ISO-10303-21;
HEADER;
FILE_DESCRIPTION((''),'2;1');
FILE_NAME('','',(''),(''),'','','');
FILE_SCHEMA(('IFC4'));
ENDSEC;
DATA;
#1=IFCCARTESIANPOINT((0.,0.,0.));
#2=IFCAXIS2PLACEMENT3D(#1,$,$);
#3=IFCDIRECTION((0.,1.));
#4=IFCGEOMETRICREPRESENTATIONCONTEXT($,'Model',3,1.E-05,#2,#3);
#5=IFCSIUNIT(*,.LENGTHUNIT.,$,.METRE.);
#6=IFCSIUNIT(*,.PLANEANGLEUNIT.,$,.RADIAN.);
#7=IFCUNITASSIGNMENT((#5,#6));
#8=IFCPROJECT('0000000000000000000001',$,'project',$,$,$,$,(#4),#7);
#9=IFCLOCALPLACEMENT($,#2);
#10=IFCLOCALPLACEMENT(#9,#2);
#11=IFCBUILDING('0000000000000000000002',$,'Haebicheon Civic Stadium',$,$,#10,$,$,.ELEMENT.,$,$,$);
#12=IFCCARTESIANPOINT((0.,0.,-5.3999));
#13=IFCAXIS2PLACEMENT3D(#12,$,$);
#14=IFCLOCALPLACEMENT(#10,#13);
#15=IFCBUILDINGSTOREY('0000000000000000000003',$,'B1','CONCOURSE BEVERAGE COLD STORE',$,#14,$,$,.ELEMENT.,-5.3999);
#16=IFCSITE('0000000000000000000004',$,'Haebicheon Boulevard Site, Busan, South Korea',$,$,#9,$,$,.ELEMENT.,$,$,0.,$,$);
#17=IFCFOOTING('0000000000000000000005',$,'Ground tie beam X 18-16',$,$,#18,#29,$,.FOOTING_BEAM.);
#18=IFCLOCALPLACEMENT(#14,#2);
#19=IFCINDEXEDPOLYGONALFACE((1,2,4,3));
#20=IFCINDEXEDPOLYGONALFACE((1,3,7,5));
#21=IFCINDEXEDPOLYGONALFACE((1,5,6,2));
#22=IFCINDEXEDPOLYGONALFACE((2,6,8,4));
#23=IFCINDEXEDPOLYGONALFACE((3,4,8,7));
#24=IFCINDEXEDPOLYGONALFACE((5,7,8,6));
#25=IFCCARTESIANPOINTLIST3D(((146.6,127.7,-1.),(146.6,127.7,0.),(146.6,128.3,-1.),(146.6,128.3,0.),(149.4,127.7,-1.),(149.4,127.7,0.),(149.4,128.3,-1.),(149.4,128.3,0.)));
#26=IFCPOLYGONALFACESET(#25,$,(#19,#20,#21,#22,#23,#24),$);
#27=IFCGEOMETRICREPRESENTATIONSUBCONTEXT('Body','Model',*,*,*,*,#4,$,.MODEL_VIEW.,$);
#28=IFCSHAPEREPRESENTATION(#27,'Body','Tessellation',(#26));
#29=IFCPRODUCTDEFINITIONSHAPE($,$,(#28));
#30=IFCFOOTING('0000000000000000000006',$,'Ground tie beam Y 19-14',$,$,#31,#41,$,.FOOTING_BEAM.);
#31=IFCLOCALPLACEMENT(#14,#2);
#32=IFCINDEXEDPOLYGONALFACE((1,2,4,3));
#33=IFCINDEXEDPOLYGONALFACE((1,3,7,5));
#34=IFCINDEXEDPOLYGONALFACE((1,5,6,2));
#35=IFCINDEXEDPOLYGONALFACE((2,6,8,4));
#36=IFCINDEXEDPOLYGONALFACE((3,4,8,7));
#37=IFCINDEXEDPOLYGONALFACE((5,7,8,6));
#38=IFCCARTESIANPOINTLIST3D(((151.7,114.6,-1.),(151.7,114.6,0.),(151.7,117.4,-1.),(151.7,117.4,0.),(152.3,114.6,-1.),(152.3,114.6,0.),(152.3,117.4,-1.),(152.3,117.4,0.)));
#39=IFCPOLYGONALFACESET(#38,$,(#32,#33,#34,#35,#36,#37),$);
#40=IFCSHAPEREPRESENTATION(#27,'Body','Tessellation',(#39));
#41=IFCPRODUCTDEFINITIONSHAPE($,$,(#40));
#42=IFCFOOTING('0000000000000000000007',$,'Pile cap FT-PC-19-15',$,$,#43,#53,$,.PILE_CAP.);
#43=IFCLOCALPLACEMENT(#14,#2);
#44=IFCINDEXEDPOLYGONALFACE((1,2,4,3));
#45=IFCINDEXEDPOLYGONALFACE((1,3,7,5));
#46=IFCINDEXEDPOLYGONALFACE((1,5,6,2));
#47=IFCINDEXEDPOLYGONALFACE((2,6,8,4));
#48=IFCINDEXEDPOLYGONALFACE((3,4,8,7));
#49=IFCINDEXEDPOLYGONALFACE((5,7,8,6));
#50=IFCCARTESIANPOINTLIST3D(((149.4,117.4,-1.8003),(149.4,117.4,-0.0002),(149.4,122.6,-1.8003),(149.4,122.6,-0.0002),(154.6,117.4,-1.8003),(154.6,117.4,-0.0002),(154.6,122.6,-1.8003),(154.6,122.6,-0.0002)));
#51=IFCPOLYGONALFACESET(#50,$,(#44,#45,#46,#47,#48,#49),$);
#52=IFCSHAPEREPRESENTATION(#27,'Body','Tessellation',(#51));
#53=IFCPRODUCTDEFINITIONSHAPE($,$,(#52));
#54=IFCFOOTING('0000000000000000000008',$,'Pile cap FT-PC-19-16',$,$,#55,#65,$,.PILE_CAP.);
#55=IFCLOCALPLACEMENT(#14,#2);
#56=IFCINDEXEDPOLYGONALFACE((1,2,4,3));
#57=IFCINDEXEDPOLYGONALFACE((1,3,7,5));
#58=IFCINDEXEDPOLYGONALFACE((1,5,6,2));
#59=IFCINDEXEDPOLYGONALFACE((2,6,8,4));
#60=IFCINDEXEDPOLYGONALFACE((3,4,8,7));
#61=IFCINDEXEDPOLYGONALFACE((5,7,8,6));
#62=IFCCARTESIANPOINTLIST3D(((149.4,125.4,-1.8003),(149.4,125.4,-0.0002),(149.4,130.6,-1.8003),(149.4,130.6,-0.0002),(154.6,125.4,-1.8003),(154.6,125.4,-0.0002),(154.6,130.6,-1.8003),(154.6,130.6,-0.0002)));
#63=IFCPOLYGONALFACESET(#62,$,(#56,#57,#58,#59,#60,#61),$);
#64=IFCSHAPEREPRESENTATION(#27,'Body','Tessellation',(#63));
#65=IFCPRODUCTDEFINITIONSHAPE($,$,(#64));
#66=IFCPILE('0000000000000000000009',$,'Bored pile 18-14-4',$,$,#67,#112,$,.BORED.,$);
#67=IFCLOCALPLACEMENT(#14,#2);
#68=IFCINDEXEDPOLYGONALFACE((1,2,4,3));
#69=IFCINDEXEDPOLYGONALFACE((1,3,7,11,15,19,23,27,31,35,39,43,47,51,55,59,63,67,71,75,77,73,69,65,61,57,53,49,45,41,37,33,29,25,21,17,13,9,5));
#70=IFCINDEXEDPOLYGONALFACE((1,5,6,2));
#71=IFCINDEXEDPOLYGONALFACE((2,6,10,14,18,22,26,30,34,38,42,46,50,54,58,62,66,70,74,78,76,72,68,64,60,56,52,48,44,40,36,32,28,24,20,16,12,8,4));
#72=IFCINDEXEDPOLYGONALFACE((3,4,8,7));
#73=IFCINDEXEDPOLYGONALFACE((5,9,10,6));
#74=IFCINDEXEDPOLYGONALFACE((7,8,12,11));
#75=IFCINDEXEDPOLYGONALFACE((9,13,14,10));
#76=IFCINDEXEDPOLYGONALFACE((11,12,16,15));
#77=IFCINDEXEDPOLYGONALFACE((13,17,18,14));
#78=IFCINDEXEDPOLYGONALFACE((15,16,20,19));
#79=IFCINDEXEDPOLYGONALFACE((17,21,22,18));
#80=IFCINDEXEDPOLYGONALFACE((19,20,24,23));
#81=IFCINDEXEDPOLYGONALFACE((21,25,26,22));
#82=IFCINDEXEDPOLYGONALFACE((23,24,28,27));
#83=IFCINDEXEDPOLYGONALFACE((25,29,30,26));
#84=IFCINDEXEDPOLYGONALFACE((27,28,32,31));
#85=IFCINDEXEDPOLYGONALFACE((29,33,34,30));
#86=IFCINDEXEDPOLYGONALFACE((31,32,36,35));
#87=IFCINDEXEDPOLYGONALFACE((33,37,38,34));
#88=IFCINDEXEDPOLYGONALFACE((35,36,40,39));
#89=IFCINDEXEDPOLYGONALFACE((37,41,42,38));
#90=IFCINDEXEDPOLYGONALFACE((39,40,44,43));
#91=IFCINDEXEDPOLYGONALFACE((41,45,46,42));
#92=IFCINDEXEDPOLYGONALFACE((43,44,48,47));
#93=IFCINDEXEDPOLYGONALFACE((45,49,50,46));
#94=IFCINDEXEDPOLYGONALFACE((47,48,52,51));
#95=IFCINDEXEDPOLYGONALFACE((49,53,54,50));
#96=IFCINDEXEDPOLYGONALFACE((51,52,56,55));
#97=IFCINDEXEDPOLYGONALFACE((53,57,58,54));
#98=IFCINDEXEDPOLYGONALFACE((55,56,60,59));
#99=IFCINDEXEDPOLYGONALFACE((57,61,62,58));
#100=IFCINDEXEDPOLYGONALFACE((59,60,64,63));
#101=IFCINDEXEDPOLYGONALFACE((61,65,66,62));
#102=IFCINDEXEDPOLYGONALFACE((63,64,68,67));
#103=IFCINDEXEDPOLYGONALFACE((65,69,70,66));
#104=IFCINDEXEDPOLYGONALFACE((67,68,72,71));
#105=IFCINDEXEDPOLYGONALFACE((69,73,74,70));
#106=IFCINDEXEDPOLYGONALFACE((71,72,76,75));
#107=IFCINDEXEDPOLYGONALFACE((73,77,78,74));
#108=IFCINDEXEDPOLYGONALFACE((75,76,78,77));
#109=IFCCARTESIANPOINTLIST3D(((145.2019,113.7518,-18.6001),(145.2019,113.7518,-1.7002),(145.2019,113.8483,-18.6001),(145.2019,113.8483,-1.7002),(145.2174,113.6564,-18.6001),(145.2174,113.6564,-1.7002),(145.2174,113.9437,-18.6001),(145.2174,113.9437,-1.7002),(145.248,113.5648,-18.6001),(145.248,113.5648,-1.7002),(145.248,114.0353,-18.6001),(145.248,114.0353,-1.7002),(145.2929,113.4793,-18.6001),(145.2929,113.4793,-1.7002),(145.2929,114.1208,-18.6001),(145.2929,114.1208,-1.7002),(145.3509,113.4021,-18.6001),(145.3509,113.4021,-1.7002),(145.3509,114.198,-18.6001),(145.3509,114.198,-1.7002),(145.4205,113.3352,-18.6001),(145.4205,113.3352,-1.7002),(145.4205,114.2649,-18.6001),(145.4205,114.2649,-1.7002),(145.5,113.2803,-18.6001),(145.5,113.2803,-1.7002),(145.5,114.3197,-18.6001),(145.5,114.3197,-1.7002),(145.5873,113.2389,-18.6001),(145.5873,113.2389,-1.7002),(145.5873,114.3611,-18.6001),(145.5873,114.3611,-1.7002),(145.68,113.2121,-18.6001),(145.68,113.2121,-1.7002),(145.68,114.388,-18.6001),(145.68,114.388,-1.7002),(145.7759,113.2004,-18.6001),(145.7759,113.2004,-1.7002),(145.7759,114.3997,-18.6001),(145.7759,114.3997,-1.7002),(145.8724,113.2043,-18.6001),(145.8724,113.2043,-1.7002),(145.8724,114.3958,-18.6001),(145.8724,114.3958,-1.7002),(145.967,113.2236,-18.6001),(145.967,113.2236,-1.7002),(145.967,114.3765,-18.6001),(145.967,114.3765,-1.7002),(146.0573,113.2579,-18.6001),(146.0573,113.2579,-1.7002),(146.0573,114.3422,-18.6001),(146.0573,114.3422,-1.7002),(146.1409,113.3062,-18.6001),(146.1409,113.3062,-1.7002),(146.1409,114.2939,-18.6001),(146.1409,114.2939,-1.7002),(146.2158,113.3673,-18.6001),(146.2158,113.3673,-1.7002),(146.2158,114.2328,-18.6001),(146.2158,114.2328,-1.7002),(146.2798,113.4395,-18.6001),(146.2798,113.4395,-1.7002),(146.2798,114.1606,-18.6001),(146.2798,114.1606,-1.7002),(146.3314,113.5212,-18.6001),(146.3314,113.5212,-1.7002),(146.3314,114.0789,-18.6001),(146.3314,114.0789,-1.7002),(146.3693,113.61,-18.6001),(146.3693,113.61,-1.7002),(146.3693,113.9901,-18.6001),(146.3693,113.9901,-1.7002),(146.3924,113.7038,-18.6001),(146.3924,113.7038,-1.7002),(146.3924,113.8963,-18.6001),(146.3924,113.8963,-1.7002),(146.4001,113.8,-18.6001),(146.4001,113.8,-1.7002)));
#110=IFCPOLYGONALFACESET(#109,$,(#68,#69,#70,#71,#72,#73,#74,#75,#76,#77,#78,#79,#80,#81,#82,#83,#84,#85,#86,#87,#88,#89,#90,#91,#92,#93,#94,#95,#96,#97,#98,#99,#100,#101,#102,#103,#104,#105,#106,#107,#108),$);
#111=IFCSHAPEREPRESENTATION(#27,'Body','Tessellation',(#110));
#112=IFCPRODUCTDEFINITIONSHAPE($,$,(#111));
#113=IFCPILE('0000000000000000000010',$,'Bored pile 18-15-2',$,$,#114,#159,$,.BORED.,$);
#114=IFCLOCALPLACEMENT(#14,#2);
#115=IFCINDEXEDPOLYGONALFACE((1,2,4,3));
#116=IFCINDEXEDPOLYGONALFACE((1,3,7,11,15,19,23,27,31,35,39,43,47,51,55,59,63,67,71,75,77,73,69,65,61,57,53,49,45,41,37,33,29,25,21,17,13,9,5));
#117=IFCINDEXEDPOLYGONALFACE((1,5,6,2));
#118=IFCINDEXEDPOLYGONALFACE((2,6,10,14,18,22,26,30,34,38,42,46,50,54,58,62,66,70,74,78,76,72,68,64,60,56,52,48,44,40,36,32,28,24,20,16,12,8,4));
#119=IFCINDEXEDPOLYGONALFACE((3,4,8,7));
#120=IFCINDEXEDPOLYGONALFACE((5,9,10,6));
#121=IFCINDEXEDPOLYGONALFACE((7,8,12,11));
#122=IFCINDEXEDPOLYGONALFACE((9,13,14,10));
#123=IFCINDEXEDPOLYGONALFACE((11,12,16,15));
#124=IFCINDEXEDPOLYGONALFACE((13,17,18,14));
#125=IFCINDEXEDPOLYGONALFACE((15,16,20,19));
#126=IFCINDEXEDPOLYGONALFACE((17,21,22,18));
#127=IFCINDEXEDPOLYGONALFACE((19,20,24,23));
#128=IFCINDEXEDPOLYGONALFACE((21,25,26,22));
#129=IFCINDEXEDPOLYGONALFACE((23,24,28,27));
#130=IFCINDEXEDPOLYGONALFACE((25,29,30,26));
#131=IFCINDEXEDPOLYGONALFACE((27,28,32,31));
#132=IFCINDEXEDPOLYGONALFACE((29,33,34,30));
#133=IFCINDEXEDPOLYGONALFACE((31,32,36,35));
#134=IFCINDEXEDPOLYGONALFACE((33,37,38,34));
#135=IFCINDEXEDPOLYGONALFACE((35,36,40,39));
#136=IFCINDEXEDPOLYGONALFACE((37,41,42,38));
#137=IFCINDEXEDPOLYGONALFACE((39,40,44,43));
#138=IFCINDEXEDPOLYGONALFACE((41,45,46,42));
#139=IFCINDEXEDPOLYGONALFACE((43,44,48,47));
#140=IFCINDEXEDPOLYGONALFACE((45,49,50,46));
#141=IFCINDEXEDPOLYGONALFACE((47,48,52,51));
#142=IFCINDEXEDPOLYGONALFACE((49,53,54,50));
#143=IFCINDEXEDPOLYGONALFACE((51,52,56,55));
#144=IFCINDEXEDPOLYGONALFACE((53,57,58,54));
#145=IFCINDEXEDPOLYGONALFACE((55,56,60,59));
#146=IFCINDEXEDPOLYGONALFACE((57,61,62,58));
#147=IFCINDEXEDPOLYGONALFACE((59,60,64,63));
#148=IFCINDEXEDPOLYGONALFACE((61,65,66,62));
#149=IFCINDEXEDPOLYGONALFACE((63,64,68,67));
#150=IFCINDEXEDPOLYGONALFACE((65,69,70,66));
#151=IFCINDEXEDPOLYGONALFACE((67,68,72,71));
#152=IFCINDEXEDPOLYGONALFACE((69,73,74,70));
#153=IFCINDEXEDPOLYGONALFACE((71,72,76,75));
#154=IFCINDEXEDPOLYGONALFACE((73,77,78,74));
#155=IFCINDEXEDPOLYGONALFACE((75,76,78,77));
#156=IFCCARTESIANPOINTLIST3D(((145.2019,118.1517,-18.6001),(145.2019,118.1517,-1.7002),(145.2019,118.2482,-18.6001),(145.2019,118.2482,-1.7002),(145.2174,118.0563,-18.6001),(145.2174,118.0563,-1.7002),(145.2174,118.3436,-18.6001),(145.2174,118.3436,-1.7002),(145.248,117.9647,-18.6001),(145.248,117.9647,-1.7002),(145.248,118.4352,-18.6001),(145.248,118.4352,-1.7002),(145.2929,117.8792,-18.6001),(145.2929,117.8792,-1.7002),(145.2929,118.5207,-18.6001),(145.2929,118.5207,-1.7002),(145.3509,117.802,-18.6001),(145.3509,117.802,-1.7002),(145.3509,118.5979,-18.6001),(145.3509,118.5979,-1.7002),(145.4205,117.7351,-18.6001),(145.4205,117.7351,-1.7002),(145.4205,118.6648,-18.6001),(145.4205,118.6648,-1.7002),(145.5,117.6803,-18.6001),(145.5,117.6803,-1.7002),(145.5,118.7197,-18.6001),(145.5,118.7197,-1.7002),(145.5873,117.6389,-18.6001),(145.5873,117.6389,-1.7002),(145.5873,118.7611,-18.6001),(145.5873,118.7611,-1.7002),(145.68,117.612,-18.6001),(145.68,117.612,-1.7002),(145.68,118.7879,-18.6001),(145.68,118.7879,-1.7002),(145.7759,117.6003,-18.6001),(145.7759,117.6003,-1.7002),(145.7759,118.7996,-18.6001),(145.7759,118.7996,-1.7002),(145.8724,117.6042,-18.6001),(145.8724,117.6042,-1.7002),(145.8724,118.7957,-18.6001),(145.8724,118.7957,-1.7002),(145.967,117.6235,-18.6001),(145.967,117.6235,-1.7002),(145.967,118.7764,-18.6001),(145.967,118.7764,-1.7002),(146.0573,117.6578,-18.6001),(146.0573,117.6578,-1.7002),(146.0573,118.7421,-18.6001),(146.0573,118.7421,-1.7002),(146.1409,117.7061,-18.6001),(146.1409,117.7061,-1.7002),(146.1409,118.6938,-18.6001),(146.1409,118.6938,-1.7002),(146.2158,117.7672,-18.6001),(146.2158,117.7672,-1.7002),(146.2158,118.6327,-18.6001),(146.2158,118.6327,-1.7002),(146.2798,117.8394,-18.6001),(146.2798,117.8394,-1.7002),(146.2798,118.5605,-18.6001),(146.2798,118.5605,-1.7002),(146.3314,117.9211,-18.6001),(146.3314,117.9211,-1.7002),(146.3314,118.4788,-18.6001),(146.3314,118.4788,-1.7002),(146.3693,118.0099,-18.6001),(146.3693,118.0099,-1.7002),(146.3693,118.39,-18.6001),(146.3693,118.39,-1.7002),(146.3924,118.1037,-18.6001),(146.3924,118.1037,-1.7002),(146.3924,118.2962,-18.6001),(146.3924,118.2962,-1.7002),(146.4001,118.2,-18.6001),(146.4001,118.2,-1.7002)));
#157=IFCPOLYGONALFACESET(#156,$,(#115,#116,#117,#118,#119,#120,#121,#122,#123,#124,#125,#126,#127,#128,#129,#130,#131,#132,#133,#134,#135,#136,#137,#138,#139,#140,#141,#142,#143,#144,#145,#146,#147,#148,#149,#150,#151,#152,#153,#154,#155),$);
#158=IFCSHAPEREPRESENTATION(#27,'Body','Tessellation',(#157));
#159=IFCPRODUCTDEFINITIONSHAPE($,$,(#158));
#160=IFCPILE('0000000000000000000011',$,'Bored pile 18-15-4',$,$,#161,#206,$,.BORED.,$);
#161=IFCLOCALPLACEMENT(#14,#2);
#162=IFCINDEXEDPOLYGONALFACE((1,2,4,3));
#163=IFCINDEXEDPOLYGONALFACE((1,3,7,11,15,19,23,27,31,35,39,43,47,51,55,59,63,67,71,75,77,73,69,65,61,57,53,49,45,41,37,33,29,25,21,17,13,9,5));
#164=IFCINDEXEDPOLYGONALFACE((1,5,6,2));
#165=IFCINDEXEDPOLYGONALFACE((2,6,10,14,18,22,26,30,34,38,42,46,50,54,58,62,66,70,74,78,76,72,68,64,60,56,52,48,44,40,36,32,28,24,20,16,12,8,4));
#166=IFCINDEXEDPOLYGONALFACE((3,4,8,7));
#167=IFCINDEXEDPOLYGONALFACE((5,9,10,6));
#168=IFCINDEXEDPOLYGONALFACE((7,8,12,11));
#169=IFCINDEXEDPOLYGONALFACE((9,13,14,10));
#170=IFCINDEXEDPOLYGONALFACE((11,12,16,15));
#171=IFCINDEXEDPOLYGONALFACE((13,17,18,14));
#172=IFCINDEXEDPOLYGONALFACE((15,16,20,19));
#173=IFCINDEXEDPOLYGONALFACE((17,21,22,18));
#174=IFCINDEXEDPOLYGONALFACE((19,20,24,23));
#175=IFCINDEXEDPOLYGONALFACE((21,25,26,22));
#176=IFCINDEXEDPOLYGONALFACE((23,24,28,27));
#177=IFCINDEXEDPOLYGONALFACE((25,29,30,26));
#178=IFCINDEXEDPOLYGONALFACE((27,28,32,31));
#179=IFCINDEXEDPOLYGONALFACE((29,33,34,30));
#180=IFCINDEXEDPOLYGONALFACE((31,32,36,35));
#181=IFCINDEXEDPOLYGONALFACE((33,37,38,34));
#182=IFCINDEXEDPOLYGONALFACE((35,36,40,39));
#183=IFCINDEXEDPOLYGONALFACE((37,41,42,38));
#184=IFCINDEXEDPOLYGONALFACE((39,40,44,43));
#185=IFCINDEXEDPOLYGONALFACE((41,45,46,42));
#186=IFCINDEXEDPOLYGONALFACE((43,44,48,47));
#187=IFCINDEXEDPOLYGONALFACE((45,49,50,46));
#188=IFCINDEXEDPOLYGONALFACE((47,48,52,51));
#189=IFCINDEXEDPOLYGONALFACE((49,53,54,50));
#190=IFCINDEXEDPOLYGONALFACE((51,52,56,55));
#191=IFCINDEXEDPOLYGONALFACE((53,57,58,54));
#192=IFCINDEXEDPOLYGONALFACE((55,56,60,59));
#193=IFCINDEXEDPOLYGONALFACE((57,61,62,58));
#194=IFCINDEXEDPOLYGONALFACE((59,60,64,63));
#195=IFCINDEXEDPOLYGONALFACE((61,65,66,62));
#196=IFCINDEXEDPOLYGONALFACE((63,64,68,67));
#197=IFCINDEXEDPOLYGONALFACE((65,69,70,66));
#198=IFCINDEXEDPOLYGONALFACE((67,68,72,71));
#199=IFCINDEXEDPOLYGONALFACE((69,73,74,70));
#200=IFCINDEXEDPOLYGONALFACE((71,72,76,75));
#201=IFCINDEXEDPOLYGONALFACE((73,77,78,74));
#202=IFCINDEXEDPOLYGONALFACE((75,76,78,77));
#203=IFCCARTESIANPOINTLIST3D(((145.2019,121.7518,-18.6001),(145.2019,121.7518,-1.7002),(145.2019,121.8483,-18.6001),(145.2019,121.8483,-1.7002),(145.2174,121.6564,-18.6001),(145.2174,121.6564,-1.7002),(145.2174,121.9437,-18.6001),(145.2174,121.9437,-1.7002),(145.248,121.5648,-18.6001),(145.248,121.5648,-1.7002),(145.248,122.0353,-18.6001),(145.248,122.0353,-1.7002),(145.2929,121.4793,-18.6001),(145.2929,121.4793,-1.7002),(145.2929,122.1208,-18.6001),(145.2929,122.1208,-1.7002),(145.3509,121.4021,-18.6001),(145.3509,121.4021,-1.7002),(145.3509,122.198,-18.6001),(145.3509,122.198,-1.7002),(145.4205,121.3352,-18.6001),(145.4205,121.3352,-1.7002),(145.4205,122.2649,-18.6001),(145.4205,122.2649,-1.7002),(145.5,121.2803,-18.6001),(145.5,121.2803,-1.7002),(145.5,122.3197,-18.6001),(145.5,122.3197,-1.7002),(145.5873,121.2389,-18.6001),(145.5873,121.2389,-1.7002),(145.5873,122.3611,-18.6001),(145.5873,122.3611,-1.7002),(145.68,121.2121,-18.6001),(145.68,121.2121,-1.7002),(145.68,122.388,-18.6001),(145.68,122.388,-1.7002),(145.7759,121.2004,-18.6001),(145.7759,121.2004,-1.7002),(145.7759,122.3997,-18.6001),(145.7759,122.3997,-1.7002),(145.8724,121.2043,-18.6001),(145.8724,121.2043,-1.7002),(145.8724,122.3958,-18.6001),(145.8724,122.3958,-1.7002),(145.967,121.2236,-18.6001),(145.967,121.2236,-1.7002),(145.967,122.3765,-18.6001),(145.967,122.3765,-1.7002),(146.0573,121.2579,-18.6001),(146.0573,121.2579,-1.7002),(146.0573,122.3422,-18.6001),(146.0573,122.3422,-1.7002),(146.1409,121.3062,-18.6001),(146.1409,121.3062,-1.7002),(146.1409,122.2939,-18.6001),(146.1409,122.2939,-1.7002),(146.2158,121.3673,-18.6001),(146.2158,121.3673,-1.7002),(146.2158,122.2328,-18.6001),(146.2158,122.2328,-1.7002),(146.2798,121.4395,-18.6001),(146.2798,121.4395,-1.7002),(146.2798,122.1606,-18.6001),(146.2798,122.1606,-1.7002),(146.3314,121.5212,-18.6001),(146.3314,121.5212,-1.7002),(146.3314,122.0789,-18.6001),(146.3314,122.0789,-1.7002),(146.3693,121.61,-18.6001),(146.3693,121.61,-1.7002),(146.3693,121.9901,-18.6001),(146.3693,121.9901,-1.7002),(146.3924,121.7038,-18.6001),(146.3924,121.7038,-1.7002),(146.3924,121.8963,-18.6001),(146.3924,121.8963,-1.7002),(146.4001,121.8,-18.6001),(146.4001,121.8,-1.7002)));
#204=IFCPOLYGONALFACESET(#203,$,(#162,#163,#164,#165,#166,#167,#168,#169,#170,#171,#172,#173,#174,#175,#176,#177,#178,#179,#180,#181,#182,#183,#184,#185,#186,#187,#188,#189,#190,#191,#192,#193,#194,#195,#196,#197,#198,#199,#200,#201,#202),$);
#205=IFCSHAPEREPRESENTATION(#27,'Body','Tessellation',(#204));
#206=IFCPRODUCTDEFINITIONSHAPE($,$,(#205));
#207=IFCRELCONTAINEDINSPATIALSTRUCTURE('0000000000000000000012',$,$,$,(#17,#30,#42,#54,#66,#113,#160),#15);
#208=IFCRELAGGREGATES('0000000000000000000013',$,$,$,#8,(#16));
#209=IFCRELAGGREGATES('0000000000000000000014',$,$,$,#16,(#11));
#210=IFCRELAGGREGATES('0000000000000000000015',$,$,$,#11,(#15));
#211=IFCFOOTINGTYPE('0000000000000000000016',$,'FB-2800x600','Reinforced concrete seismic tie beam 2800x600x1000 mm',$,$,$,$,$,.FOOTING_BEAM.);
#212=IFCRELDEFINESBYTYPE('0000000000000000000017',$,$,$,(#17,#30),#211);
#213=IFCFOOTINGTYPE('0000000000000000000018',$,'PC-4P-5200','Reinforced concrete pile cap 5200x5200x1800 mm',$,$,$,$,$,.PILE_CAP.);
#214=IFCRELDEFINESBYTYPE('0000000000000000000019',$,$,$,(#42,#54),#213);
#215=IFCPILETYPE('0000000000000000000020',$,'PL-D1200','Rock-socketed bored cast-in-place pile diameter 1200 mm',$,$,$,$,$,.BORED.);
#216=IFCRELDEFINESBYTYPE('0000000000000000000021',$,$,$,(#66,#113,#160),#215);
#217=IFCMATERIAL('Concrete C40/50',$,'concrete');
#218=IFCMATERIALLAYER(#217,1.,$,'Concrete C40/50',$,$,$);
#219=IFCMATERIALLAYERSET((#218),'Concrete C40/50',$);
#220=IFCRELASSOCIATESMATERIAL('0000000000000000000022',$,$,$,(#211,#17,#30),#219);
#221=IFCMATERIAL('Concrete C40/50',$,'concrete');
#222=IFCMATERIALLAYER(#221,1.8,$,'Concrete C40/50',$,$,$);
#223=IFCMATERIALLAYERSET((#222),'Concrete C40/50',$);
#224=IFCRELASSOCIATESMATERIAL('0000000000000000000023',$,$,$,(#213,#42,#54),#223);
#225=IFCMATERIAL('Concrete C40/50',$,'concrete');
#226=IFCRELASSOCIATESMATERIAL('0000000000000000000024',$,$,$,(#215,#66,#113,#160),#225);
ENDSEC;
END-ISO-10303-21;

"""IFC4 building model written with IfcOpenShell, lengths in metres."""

from ifc_helpers import new_model, si_unit, direction, frame, origin, origin_2d, place, context, subcontext, project, spatial, rectangle, circle, extrude, material, layer, layer_set, material_profile, profile_set, type_object, element, save


model = new_model("IFC4")

# Units and contexts
model_context = context("Model", 3, precision=1e-05, world=origin(), true_north=direction((0.0, 1.0)))
body_context = subcontext(model_context, "Body", "Model", "MODEL_VIEW")
ifc_project = project(units=[si_unit("LENGTHUNIT", "METRE"), si_unit("PLANEANGLEUNIT", "RADIAN")], contexts=[model_context])

# Site, building, storey
site_placement = place(None, origin())
site = spatial("IfcSite", under=ifc_project, at=site_placement, Name="Haebicheon Boulevard Site, Busan, South Korea", CompositionType="ELEMENT", RefElevation=0.0)
building_placement = place(site_placement, origin())
building = spatial("IfcBuilding", under=site, at=building_placement, Name="Haebicheon Civic Stadium", CompositionType="ELEMENT")
storey_placement = place(building_placement, frame((0.0, 0.0, -5.3999)))
storey = spatial("IfcBuildingStorey", under=building, at=storey_placement, Name="B1", Description="CONCOURSE BEVERAGE COLD STORE", CompositionType="ELEMENT", Elevation=-5.3999)

# Footings
ifc_material_1 = material(Name="Concrete C40/50", Category="concrete")
ifc_layer_1 = layer(ifc_material_1, 1.0, Name="Concrete C40/50")
ifc_layer_set_1 = layer_set([ifc_layer_1], Name="Concrete C40/50")
footing_type_1 = type_object("IfcFootingType", Name="FB-2800x600", Description="Reinforced concrete seismic tie beam 2800x600x1000 mm", PredefinedType="FOOTING_BEAM", material=ifc_layer_set_1)
for number, where, z_axis, x_axis, name in (
    (1, (148.0, 128.0, -1.0), (0.0, 0.0, 1.0), (1.0, 0.0, 0.0), "Ground tie beam X 18-16"),
    (2, (152.0, 116.0, -1.0), (0.0, 0.0, 1.0), (0.0, 1.0, 0.0), "Ground tie beam Y 19-14"),
):
    element("IfcFooting", number, at=place(storey_placement, frame(where, z_axis=z_axis, x_axis=x_axis)), inside=storey, type_object=footing_type_1, material=ifc_layer_set_1, Name=name, PredefinedType="FOOTING_BEAM", context=body_context, shape_type="SweptSolid", body=[
        extrude(rectangle(XDim=2.8, YDim=0.6001, at=origin_2d()), origin(), (0.0, 0.0, 1.0), 1.0),
    ])
ifc_material_2 = material(Name="Concrete C40/50", Category="concrete")
ifc_layer_2 = layer(ifc_material_2, 1.8, Name="Concrete C40/50")
ifc_layer_set_2 = layer_set([ifc_layer_2], Name="Concrete C40/50")
footing_type_2 = type_object("IfcFootingType", Name="PC-4P-5200", Description="Reinforced concrete pile cap 5200x5200x1800 mm", PredefinedType="PILE_CAP", material=ifc_layer_set_2)
for number, where, z_axis, x_axis, name in (
    (3, (152.0, 120.0, -1.8003), (0.0, 0.0, 1.0), (1.0, 0.0, 0.0), "Pile cap FT-PC-19-15"),
    (4, (152.0, 128.0, -1.8003), (0.0, 0.0, 1.0), (1.0, 0.0, 0.0), "Pile cap FT-PC-19-16"),
):
    element("IfcFooting", number, at=place(storey_placement, frame(where, z_axis=z_axis, x_axis=x_axis)), inside=storey, type_object=footing_type_2, material=ifc_layer_set_2, Name=name, PredefinedType="PILE_CAP", context=body_context, shape_type="SweptSolid", body=[
        extrude(rectangle(XDim=5.2, YDim=5.2, at=origin_2d()), origin(), (0.0, 0.0, 1.0), 1.8),
    ])

# Piles
ifc_material_3 = material(Name="Concrete C40/50", Category="concrete")
ifc_material_profile_1 = material_profile(ifc_material_3, circle(Radius=0.6001, at=origin_2d()), Name="PILE-D1200")
ifc_profile_set_1 = profile_set([ifc_material_profile_1], Name="Concrete C40/50")
pile_type = type_object("IfcPileType", Name="PL-D1200", Description="Rock-socketed bored cast-in-place pile diameter 1200 mm", PredefinedType="BORED", material=ifc_profile_set_1)
for number, where, z_axis, x_axis, name in (
    (5, (145.8, 113.8, -1.7002), (0.0, 0.0, -1.0), (1.0, 0.0, 0.0), "Bored pile 18-14-4"),
    (6, (145.8, 118.2, -1.7002), (0.0, 0.0, -1.0), (1.0, 0.0, 0.0), "Bored pile 18-15-2"),
    (7, (145.8, 121.8, -1.7002), (0.0, 0.0, -1.0), (1.0, 0.0, 0.0), "Bored pile 18-15-4"),
):
    element("IfcPile", number, at=place(storey_placement, frame(where, z_axis=z_axis, x_axis=x_axis)), inside=storey, type_object=pile_type, material=ifc_profile_set_1, Name=name, PredefinedType="BORED", context=body_context, shape_type="SweptSolid", body=[
        extrude(circle(Radius=0.6001, at=origin_2d()), origin(), (0.0, 0.0, 1.0), 16.8999),
    ])

save(model, "model.ifc")
